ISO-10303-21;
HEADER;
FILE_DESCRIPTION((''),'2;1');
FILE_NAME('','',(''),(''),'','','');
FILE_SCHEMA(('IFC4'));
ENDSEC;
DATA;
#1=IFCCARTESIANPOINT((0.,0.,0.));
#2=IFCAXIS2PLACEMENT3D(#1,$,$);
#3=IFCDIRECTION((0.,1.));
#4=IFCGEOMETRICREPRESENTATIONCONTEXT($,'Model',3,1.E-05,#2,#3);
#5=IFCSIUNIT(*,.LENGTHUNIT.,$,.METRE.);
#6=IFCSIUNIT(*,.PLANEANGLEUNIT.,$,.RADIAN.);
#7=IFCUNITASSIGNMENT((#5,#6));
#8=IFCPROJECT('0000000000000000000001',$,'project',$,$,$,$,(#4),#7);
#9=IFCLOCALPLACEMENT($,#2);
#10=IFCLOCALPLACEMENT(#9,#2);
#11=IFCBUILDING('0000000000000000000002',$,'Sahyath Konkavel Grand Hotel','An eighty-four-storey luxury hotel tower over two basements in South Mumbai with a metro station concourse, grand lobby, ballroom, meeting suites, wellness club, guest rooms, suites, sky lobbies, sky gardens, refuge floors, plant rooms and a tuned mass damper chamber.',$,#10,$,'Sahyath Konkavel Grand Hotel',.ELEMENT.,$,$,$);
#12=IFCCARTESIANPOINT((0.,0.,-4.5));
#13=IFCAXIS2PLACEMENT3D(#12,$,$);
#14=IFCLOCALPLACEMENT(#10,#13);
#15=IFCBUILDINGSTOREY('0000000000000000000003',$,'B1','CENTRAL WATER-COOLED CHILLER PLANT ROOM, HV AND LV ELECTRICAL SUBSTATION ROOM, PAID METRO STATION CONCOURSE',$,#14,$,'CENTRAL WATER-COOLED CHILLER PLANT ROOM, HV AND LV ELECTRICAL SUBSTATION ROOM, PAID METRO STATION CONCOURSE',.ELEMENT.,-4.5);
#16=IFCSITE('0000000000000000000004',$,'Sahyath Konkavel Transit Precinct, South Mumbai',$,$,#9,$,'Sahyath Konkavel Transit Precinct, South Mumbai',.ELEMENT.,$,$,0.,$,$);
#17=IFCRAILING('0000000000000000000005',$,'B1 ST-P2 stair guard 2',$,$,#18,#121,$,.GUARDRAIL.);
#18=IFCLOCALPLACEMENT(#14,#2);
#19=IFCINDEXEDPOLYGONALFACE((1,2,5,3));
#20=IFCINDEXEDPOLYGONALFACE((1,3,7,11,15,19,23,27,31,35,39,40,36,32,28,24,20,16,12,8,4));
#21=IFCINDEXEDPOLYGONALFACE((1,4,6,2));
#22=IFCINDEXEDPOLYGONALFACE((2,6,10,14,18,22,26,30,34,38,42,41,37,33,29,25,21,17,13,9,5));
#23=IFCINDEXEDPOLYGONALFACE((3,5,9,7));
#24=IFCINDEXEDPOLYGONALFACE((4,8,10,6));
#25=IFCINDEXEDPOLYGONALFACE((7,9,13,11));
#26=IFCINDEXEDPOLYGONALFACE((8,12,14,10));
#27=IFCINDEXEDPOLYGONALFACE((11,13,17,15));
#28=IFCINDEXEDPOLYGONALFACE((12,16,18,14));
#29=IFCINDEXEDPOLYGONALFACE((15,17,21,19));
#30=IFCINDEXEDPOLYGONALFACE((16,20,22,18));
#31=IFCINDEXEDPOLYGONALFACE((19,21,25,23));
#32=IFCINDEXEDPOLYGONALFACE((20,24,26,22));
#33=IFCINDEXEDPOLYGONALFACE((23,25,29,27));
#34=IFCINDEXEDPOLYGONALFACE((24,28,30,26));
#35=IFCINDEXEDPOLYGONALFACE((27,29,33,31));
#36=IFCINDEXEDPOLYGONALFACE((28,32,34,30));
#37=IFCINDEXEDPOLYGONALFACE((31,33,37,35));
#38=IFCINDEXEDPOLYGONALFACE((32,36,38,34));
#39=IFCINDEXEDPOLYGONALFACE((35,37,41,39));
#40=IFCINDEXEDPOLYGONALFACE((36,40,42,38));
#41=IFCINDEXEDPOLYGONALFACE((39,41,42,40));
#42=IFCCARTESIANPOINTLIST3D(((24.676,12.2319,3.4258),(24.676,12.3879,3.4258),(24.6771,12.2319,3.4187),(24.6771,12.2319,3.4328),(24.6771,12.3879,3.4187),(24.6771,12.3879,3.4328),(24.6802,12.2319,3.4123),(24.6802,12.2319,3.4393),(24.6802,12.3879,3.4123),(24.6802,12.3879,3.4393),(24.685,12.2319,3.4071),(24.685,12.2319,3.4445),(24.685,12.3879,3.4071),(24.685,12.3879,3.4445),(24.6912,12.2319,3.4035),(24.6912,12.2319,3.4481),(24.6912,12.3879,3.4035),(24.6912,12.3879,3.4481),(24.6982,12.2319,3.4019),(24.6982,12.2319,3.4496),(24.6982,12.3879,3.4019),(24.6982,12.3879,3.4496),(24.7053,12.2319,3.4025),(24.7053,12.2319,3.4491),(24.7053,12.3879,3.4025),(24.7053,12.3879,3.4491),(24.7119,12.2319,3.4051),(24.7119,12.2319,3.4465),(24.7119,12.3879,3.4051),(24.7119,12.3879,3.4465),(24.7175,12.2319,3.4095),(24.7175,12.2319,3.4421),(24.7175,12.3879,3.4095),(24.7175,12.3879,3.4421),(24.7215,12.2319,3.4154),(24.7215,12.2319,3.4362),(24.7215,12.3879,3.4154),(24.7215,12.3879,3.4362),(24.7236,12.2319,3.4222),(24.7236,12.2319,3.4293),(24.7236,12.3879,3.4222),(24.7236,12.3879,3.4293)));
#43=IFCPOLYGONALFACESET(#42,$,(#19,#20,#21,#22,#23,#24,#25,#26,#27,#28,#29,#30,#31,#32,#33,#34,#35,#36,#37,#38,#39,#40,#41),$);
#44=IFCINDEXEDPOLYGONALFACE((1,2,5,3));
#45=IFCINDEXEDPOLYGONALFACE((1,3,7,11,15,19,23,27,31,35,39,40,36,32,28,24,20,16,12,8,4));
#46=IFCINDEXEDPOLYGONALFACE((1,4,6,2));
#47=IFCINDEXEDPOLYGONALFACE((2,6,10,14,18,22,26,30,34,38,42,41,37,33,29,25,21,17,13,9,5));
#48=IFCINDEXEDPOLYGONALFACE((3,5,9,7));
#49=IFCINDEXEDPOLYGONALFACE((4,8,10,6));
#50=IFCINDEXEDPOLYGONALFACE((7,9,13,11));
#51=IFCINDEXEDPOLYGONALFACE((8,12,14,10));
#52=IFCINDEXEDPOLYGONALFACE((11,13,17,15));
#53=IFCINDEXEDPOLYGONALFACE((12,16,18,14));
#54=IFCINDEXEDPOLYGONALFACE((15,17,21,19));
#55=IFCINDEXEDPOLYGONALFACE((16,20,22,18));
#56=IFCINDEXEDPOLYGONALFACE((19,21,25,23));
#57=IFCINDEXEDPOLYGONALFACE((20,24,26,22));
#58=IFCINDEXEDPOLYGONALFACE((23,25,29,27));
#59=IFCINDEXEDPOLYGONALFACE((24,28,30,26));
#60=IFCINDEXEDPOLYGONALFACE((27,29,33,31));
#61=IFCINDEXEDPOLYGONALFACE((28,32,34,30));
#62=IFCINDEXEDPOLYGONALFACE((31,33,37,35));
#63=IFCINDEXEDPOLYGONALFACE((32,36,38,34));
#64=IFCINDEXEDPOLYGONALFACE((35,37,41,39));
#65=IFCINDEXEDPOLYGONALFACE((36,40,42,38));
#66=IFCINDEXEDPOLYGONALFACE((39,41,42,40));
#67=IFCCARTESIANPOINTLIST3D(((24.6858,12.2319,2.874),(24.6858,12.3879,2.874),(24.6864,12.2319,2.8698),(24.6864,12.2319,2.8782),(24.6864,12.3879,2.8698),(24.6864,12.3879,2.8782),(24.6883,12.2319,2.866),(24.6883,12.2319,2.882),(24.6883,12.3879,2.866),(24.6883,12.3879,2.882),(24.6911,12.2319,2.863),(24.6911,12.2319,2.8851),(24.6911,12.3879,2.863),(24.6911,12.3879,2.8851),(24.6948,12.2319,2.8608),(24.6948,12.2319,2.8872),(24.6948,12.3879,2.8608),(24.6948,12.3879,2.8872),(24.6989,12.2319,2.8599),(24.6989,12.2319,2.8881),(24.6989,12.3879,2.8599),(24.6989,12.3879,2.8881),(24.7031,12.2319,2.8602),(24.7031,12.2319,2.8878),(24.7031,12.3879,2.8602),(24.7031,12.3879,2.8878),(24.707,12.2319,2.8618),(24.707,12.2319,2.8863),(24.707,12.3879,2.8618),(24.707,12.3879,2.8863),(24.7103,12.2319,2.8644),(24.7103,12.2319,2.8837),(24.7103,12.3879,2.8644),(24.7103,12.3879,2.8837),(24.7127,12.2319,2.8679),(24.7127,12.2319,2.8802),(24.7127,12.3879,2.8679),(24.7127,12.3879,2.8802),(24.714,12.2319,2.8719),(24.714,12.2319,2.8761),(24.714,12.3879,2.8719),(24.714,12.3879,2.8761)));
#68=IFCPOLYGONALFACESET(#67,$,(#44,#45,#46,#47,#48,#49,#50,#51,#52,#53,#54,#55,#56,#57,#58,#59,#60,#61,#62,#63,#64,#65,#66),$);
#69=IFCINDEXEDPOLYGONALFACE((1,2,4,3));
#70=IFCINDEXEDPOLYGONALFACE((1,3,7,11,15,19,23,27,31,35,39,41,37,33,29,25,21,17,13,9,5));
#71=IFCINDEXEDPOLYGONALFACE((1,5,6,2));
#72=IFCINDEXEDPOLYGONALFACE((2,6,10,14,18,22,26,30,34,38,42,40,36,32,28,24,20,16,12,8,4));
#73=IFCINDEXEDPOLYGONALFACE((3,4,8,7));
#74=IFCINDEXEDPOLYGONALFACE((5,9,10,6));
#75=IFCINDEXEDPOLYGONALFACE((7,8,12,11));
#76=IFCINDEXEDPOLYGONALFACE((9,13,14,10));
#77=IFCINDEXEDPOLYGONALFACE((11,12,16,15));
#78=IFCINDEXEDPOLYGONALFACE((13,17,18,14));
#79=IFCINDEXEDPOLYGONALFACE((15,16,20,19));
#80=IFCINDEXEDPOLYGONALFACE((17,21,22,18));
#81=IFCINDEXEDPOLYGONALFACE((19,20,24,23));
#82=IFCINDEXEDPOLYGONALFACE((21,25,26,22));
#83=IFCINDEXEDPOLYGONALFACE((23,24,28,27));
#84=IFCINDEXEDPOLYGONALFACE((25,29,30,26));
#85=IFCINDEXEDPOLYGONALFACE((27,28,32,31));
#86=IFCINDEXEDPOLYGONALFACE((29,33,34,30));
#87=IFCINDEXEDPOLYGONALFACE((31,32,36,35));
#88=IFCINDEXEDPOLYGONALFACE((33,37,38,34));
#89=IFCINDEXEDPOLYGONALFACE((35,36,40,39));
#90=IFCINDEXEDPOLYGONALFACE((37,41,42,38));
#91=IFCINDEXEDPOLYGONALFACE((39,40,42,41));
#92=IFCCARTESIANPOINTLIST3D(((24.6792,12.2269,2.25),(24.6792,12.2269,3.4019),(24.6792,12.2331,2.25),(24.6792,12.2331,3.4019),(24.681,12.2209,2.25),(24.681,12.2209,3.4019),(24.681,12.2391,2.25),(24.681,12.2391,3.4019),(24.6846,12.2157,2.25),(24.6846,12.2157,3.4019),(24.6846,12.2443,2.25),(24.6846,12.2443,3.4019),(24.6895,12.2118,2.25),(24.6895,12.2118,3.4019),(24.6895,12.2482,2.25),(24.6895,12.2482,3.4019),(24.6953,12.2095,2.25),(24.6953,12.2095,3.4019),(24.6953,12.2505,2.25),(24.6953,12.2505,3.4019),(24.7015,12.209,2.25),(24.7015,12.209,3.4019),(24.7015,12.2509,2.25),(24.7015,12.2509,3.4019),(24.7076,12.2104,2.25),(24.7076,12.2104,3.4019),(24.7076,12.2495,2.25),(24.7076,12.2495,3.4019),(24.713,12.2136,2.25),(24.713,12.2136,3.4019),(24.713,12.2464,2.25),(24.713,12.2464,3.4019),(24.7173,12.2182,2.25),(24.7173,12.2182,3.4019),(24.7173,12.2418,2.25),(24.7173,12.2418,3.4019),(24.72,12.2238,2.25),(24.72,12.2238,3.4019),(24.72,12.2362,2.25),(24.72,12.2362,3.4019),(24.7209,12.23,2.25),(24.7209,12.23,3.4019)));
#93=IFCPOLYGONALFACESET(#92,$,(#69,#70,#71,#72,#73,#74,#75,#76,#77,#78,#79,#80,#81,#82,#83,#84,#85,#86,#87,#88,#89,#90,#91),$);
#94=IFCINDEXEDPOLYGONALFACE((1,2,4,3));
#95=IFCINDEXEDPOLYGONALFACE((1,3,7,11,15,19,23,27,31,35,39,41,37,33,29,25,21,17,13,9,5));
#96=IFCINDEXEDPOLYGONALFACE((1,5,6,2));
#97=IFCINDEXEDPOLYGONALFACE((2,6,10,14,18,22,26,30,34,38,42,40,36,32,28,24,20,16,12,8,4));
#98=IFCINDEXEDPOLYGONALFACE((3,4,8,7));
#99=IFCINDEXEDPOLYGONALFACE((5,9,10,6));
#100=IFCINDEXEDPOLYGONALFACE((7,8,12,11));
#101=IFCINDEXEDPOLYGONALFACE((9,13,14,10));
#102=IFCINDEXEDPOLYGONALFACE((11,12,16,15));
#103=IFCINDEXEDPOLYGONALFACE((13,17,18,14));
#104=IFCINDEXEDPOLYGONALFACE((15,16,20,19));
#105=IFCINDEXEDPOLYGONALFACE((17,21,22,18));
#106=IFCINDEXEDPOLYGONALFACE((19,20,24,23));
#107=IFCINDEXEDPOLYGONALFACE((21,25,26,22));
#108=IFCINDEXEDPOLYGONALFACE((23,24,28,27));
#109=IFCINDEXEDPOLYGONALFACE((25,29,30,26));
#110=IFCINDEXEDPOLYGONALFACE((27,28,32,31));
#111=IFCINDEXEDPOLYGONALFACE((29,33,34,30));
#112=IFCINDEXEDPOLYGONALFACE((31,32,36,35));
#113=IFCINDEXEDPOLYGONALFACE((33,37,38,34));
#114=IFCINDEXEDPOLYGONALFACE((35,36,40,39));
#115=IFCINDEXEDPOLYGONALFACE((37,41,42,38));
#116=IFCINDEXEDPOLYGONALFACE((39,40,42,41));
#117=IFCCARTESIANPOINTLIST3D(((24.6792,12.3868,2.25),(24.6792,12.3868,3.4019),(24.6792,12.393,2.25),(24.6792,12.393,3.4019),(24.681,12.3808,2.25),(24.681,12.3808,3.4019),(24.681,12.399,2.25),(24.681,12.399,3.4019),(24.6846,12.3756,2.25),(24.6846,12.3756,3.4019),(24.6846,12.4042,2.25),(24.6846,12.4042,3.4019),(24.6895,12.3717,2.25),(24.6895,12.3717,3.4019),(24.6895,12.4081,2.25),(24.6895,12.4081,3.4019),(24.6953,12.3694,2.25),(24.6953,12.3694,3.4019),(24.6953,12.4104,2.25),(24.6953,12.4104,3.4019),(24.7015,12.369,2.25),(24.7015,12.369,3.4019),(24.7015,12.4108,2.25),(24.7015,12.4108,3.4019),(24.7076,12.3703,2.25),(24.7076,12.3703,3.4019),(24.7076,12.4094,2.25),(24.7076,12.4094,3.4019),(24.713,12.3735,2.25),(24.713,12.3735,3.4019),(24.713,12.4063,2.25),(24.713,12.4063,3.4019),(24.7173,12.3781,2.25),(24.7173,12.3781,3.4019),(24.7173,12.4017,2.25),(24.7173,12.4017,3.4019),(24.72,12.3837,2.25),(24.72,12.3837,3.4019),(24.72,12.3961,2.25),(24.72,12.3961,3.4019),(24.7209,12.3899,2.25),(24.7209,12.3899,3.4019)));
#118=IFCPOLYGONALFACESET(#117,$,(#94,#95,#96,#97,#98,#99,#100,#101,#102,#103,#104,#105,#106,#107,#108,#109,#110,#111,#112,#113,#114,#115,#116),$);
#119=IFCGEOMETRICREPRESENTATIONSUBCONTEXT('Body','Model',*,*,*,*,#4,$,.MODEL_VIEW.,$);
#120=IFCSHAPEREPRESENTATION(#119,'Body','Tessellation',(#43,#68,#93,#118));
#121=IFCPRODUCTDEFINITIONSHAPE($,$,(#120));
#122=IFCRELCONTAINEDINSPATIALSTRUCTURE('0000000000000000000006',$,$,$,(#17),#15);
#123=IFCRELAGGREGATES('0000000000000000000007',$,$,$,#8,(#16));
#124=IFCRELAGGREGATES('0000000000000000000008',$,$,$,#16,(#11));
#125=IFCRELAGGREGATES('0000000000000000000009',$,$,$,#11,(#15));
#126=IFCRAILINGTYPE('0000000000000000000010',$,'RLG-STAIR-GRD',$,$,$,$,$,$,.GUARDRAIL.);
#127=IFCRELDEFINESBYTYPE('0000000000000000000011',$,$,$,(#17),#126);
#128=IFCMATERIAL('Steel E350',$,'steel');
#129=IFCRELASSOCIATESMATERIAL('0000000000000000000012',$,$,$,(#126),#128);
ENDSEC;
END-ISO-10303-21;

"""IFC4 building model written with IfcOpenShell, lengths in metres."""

from ifc_helpers import new_model, si_unit, direction, frame, origin, origin_2d, place, context, subcontext, project, spatial, circle, extrude, material, type_object, element, save


model = new_model("IFC4")

# Units and contexts
model_context = context("Model", 3, precision=1e-05, world=origin(), true_north=direction((0.0, 1.0)))
body_context = subcontext(model_context, "Body", "Model", "MODEL_VIEW")
ifc_project = project(units=[si_unit("LENGTHUNIT", "METRE"), si_unit("PLANEANGLEUNIT", "RADIAN")], contexts=[model_context])

# Site, building, storey
site_placement = place(None, origin())
site = spatial("IfcSite", under=ifc_project, at=site_placement, Name="Sahyath Konkavel Transit Precinct, South Mumbai", LongName="Sahyath Konkavel Transit Precinct, South Mumbai", CompositionType="ELEMENT", RefElevation=0.0)
building_placement = place(site_placement, origin())
building = spatial("IfcBuilding", under=site, at=building_placement, Name="Sahyath Konkavel Grand Hotel", Description="An eighty-four-storey luxury hotel tower over two basements in South Mumbai with a metro station concourse, grand lobby, ballroom, meeting suites, wellness club, guest rooms, suites, sky lobbies, sky gardens, refuge floors, plant rooms and a tuned mass damper chamber.", LongName="Sahyath Konkavel Grand Hotel", CompositionType="ELEMENT")
storey_placement = place(building_placement, frame((0.0, 0.0, -4.5)))
storey = spatial("IfcBuildingStorey", under=building, at=storey_placement, Name="B1", Description="CENTRAL WATER-COOLED CHILLER PLANT ROOM, HV AND LV ELECTRICAL SUBSTATION ROOM, PAID METRO STATION CONCOURSE", LongName="CENTRAL WATER-COOLED CHILLER PLANT ROOM, HV AND LV ELECTRICAL SUBSTATION ROOM, PAID METRO STATION CONCOURSE", CompositionType="ELEMENT", Elevation=-4.5)

# Shared definitions
ifc_material_1 = material(Name="Steel E350", Category="steel")

# Railing
railing_type_1 = type_object("IfcRailingType", Name="RLG-STAIR-GRD", PredefinedType="GUARDRAIL", material=ifc_material_1)
railing_1_placement = place(storey_placement, frame((24.7, 12.23, 2.25)))
element("IfcRailing", 1, at=railing_1_placement, inside=storey, type_object=railing_type_1, Name="B1 ST-P2 stair guard 2", PredefinedType="GUARDRAIL", context=body_context, shape_type="SweptSolid", body=[
    extrude(circle(Radius=0.0239, at=origin_2d()), frame((0.0, 0.002, 1.1758), z_axis=(0.0, 1.0, 0.0), x_axis=(-1.0, 0.0, 0.0)), (0.0, 0.0, 1.0), 0.156),
    extrude(circle(Radius=0.0142, at=origin_2d()), frame((0.0, 0.002, 0.624), z_axis=(0.0, 1.0, 0.0), x_axis=(-1.0, 0.0, 0.0)), (0.0, 0.0, 1.0), 0.156),
    extrude(circle(Radius=0.021, at=origin_2d()), origin(), (0.0, 0.0, 1.0), 1.1519),
    extrude(circle(Radius=0.021, at=origin_2d()), frame((0.0, 0.1599, 0.0)), (0.0, 0.0, 1.0), 1.1519),
])

save(model, "model.ifc")
